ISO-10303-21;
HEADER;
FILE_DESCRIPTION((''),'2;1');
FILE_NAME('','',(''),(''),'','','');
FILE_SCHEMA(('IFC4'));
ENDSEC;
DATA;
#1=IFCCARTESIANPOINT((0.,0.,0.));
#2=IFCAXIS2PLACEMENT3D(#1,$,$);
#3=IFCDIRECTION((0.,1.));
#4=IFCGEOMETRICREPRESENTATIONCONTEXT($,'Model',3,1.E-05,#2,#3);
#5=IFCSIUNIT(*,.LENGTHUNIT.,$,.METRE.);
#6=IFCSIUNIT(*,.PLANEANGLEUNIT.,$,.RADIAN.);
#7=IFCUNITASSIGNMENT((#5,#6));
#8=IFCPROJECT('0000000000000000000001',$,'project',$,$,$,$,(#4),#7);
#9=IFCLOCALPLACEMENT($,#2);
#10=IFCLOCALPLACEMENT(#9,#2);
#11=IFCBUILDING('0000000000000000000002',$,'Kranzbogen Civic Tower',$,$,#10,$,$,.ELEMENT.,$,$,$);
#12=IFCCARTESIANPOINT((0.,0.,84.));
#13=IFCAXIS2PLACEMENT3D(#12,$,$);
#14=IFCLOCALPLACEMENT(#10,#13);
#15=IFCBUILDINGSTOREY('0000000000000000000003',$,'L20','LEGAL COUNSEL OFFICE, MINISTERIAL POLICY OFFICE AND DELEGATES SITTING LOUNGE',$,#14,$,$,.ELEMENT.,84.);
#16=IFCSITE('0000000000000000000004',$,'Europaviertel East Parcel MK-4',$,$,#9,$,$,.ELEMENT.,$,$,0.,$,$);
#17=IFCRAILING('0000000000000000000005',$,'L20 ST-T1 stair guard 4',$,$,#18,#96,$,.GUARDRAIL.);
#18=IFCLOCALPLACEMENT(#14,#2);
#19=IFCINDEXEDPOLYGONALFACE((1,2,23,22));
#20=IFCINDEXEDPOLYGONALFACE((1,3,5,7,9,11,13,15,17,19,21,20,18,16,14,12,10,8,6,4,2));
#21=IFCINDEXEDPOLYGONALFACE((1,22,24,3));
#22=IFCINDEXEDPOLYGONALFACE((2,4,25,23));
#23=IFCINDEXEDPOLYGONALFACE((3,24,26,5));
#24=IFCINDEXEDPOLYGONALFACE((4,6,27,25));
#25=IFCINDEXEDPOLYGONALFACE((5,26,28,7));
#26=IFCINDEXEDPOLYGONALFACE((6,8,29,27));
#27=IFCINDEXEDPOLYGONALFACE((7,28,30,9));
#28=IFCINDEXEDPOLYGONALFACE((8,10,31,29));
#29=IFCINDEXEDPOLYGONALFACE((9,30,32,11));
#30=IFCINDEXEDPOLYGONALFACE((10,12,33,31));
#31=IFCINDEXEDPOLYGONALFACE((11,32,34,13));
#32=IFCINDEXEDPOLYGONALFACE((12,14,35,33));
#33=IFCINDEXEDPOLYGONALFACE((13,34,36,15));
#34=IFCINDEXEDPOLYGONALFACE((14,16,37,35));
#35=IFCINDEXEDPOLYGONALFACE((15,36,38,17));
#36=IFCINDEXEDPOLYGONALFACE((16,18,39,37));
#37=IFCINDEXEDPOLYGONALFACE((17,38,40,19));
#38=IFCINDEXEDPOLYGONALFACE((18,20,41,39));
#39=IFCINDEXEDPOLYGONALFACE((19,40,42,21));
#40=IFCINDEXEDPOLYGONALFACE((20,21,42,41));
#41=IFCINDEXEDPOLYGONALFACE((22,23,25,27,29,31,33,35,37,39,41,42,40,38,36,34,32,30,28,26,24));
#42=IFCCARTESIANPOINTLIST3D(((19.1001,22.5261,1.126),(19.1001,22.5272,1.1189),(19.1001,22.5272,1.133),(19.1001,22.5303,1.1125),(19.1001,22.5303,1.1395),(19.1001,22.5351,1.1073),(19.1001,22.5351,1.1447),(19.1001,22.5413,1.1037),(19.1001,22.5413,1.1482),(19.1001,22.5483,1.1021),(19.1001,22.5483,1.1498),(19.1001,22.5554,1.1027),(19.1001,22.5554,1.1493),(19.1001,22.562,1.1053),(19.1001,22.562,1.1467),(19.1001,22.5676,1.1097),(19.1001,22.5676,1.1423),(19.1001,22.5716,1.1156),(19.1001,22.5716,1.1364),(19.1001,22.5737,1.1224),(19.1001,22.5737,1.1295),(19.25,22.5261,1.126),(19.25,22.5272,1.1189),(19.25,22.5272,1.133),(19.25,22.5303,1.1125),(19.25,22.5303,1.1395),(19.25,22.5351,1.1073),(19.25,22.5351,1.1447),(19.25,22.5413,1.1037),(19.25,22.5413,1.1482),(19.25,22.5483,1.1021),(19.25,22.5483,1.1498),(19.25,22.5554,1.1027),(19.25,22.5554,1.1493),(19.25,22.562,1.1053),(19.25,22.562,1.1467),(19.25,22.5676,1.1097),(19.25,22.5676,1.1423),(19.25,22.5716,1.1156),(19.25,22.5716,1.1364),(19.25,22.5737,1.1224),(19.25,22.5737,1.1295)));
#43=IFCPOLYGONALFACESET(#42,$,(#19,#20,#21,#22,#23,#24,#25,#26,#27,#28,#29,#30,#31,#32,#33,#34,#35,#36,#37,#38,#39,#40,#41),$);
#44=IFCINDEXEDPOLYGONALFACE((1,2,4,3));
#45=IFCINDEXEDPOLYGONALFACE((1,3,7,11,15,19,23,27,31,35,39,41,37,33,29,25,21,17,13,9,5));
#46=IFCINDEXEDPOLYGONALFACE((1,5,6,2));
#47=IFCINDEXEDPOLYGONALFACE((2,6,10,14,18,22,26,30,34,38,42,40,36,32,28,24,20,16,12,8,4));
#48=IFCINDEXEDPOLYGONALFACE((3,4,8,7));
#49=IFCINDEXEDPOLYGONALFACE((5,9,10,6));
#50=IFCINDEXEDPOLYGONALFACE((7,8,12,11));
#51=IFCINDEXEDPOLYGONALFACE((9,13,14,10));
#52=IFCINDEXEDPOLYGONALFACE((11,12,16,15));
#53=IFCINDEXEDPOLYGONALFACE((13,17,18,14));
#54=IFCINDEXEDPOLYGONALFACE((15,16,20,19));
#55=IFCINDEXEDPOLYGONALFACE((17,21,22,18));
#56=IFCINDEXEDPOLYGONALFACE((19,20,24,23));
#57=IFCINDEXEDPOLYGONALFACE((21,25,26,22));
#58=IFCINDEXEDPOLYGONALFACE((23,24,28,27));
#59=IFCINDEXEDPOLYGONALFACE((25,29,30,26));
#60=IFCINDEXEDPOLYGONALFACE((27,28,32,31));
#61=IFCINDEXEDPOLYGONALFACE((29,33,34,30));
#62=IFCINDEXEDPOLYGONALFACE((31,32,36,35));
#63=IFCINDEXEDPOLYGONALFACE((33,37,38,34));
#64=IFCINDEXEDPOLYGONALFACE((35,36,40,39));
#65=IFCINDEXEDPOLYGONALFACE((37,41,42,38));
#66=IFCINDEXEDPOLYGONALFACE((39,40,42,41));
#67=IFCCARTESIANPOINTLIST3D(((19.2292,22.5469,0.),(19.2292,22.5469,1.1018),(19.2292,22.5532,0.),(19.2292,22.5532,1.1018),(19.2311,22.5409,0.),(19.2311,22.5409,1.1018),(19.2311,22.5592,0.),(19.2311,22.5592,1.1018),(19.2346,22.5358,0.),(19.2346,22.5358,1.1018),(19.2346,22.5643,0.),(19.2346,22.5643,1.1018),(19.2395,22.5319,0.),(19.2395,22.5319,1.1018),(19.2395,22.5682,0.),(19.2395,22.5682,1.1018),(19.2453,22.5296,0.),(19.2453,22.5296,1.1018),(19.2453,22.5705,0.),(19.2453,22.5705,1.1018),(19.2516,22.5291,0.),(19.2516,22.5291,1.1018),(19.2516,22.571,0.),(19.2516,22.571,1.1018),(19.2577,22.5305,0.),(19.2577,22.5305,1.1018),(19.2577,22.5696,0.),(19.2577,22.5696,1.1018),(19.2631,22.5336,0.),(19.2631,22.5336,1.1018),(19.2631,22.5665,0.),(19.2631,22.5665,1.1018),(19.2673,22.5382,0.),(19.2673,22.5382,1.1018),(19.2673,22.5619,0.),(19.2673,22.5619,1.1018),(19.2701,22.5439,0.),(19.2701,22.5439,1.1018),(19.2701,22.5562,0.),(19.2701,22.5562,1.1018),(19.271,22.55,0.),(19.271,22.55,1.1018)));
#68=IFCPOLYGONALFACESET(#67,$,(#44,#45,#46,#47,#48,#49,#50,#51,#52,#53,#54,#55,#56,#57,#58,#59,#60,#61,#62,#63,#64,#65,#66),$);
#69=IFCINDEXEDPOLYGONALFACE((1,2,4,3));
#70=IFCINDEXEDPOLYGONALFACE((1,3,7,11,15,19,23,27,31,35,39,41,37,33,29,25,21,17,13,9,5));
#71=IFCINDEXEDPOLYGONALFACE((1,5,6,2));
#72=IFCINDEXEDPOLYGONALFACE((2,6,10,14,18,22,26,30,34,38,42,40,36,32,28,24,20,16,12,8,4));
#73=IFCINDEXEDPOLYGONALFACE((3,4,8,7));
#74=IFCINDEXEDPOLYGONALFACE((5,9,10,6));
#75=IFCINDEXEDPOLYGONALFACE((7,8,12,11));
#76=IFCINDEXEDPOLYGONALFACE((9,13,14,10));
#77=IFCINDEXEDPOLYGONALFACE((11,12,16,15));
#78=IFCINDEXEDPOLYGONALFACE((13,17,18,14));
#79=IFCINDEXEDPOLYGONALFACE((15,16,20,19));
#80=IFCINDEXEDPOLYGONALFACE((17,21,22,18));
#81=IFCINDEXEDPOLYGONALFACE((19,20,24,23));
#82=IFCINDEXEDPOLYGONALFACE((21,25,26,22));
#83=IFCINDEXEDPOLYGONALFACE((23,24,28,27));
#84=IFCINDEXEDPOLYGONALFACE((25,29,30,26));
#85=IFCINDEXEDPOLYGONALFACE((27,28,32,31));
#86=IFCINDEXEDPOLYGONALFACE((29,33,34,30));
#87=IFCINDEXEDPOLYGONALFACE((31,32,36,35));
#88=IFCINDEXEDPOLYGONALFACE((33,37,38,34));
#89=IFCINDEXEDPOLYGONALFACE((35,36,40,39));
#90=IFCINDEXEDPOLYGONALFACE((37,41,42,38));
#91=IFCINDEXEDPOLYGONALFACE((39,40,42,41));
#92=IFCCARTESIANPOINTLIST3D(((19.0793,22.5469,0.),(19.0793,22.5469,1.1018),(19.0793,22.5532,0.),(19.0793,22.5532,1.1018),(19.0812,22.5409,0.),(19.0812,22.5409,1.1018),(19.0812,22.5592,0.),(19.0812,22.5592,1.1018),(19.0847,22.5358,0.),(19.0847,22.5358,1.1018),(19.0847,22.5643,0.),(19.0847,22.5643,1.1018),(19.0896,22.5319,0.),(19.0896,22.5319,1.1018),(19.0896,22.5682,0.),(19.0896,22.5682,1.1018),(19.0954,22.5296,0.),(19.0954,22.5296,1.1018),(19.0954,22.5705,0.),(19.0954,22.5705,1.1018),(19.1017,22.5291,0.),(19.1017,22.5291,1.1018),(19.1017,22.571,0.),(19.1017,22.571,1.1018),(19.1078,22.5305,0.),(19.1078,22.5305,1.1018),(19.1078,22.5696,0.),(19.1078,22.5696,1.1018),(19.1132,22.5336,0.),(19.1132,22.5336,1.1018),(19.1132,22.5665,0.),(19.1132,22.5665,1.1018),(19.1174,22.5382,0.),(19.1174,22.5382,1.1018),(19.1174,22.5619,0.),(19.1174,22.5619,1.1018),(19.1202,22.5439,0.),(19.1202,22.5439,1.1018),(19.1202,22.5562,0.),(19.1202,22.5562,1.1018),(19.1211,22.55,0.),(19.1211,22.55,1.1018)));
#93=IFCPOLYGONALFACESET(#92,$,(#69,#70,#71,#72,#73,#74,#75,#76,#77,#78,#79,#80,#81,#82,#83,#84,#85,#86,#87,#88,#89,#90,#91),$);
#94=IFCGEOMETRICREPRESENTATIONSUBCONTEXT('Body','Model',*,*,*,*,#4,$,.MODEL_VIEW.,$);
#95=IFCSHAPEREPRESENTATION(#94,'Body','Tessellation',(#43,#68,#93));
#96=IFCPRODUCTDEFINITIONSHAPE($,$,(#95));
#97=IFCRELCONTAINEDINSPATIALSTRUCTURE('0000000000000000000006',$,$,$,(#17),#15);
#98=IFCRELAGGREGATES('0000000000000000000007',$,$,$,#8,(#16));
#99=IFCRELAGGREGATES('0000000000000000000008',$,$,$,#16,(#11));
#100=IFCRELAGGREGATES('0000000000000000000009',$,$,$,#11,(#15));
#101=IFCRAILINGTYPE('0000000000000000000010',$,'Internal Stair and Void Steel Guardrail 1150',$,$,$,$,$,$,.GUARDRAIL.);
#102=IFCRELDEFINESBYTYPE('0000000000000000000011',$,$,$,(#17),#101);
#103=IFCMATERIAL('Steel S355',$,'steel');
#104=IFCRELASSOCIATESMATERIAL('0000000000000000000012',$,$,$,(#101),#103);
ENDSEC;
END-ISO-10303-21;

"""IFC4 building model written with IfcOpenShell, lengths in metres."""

from ifc_helpers import new_model, si_unit, direction, frame, origin, origin_2d, place, context, subcontext, project, spatial, circle, extrude, material, type_object, element, save


model = new_model("IFC4")

# Units and contexts
model_context = context("Model", 3, precision=1e-05, world=origin(), true_north=direction((0.0, 1.0)))
body_context = subcontext(model_context, "Body", "Model", "MODEL_VIEW")
ifc_project = project(units=[si_unit("LENGTHUNIT", "METRE"), si_unit("PLANEANGLEUNIT", "RADIAN")], contexts=[model_context])

# Site, building, storey
site_placement = place(None, origin())
site = spatial("IfcSite", under=ifc_project, at=site_placement, Name="Europaviertel East Parcel MK-4", CompositionType="ELEMENT", RefElevation=0.0)
building_placement = place(site_placement, origin())
building = spatial("IfcBuilding", under=site, at=building_placement, Name="Kranzbogen Civic Tower", CompositionType="ELEMENT")
storey_placement = place(building_placement, frame((0.0, 0.0, 84.0)))
storey = spatial("IfcBuildingStorey", under=building, at=storey_placement, Name="L20", Description="LEGAL COUNSEL OFFICE, MINISTERIAL POLICY OFFICE AND DELEGATES SITTING LOUNGE", CompositionType="ELEMENT", Elevation=84.0)

# Shared definitions
ifc_material_1 = material(Name="Steel S355", Category="steel")

# Railing
railing_type_1 = type_object("IfcRailingType", Name="Internal Stair and Void Steel Guardrail 1150", PredefinedType="GUARDRAIL", material=ifc_material_1)
railing_1_placement = place(storey_placement, frame((19.25, 22.55, 0.0)))
element("IfcRailing", 1, at=railing_1_placement, inside=storey, type_object=railing_type_1, Name="L20 ST-T1 stair guard 4", PredefinedType="GUARDRAIL", context=body_context, shape_type="SweptSolid", body=[
    extrude(circle(Radius=0.0239, at=origin_2d()), frame((0.0, 0.0, 1.126), z_axis=(-1.0, 0.0, 0.0), x_axis=(0.0, -1.0, 0.0)), (0.0, 0.0, 1.0), 0.1499),
    extrude(circle(Radius=0.021, at=origin_2d()), origin(), (0.0, 0.0, 1.0), 1.1018),
    extrude(circle(Radius=0.021, at=origin_2d()), frame((-0.1499, 0.0, 0.0)), (0.0, 0.0, 1.0), 1.1018),
])

save(model, "model.ifc")
